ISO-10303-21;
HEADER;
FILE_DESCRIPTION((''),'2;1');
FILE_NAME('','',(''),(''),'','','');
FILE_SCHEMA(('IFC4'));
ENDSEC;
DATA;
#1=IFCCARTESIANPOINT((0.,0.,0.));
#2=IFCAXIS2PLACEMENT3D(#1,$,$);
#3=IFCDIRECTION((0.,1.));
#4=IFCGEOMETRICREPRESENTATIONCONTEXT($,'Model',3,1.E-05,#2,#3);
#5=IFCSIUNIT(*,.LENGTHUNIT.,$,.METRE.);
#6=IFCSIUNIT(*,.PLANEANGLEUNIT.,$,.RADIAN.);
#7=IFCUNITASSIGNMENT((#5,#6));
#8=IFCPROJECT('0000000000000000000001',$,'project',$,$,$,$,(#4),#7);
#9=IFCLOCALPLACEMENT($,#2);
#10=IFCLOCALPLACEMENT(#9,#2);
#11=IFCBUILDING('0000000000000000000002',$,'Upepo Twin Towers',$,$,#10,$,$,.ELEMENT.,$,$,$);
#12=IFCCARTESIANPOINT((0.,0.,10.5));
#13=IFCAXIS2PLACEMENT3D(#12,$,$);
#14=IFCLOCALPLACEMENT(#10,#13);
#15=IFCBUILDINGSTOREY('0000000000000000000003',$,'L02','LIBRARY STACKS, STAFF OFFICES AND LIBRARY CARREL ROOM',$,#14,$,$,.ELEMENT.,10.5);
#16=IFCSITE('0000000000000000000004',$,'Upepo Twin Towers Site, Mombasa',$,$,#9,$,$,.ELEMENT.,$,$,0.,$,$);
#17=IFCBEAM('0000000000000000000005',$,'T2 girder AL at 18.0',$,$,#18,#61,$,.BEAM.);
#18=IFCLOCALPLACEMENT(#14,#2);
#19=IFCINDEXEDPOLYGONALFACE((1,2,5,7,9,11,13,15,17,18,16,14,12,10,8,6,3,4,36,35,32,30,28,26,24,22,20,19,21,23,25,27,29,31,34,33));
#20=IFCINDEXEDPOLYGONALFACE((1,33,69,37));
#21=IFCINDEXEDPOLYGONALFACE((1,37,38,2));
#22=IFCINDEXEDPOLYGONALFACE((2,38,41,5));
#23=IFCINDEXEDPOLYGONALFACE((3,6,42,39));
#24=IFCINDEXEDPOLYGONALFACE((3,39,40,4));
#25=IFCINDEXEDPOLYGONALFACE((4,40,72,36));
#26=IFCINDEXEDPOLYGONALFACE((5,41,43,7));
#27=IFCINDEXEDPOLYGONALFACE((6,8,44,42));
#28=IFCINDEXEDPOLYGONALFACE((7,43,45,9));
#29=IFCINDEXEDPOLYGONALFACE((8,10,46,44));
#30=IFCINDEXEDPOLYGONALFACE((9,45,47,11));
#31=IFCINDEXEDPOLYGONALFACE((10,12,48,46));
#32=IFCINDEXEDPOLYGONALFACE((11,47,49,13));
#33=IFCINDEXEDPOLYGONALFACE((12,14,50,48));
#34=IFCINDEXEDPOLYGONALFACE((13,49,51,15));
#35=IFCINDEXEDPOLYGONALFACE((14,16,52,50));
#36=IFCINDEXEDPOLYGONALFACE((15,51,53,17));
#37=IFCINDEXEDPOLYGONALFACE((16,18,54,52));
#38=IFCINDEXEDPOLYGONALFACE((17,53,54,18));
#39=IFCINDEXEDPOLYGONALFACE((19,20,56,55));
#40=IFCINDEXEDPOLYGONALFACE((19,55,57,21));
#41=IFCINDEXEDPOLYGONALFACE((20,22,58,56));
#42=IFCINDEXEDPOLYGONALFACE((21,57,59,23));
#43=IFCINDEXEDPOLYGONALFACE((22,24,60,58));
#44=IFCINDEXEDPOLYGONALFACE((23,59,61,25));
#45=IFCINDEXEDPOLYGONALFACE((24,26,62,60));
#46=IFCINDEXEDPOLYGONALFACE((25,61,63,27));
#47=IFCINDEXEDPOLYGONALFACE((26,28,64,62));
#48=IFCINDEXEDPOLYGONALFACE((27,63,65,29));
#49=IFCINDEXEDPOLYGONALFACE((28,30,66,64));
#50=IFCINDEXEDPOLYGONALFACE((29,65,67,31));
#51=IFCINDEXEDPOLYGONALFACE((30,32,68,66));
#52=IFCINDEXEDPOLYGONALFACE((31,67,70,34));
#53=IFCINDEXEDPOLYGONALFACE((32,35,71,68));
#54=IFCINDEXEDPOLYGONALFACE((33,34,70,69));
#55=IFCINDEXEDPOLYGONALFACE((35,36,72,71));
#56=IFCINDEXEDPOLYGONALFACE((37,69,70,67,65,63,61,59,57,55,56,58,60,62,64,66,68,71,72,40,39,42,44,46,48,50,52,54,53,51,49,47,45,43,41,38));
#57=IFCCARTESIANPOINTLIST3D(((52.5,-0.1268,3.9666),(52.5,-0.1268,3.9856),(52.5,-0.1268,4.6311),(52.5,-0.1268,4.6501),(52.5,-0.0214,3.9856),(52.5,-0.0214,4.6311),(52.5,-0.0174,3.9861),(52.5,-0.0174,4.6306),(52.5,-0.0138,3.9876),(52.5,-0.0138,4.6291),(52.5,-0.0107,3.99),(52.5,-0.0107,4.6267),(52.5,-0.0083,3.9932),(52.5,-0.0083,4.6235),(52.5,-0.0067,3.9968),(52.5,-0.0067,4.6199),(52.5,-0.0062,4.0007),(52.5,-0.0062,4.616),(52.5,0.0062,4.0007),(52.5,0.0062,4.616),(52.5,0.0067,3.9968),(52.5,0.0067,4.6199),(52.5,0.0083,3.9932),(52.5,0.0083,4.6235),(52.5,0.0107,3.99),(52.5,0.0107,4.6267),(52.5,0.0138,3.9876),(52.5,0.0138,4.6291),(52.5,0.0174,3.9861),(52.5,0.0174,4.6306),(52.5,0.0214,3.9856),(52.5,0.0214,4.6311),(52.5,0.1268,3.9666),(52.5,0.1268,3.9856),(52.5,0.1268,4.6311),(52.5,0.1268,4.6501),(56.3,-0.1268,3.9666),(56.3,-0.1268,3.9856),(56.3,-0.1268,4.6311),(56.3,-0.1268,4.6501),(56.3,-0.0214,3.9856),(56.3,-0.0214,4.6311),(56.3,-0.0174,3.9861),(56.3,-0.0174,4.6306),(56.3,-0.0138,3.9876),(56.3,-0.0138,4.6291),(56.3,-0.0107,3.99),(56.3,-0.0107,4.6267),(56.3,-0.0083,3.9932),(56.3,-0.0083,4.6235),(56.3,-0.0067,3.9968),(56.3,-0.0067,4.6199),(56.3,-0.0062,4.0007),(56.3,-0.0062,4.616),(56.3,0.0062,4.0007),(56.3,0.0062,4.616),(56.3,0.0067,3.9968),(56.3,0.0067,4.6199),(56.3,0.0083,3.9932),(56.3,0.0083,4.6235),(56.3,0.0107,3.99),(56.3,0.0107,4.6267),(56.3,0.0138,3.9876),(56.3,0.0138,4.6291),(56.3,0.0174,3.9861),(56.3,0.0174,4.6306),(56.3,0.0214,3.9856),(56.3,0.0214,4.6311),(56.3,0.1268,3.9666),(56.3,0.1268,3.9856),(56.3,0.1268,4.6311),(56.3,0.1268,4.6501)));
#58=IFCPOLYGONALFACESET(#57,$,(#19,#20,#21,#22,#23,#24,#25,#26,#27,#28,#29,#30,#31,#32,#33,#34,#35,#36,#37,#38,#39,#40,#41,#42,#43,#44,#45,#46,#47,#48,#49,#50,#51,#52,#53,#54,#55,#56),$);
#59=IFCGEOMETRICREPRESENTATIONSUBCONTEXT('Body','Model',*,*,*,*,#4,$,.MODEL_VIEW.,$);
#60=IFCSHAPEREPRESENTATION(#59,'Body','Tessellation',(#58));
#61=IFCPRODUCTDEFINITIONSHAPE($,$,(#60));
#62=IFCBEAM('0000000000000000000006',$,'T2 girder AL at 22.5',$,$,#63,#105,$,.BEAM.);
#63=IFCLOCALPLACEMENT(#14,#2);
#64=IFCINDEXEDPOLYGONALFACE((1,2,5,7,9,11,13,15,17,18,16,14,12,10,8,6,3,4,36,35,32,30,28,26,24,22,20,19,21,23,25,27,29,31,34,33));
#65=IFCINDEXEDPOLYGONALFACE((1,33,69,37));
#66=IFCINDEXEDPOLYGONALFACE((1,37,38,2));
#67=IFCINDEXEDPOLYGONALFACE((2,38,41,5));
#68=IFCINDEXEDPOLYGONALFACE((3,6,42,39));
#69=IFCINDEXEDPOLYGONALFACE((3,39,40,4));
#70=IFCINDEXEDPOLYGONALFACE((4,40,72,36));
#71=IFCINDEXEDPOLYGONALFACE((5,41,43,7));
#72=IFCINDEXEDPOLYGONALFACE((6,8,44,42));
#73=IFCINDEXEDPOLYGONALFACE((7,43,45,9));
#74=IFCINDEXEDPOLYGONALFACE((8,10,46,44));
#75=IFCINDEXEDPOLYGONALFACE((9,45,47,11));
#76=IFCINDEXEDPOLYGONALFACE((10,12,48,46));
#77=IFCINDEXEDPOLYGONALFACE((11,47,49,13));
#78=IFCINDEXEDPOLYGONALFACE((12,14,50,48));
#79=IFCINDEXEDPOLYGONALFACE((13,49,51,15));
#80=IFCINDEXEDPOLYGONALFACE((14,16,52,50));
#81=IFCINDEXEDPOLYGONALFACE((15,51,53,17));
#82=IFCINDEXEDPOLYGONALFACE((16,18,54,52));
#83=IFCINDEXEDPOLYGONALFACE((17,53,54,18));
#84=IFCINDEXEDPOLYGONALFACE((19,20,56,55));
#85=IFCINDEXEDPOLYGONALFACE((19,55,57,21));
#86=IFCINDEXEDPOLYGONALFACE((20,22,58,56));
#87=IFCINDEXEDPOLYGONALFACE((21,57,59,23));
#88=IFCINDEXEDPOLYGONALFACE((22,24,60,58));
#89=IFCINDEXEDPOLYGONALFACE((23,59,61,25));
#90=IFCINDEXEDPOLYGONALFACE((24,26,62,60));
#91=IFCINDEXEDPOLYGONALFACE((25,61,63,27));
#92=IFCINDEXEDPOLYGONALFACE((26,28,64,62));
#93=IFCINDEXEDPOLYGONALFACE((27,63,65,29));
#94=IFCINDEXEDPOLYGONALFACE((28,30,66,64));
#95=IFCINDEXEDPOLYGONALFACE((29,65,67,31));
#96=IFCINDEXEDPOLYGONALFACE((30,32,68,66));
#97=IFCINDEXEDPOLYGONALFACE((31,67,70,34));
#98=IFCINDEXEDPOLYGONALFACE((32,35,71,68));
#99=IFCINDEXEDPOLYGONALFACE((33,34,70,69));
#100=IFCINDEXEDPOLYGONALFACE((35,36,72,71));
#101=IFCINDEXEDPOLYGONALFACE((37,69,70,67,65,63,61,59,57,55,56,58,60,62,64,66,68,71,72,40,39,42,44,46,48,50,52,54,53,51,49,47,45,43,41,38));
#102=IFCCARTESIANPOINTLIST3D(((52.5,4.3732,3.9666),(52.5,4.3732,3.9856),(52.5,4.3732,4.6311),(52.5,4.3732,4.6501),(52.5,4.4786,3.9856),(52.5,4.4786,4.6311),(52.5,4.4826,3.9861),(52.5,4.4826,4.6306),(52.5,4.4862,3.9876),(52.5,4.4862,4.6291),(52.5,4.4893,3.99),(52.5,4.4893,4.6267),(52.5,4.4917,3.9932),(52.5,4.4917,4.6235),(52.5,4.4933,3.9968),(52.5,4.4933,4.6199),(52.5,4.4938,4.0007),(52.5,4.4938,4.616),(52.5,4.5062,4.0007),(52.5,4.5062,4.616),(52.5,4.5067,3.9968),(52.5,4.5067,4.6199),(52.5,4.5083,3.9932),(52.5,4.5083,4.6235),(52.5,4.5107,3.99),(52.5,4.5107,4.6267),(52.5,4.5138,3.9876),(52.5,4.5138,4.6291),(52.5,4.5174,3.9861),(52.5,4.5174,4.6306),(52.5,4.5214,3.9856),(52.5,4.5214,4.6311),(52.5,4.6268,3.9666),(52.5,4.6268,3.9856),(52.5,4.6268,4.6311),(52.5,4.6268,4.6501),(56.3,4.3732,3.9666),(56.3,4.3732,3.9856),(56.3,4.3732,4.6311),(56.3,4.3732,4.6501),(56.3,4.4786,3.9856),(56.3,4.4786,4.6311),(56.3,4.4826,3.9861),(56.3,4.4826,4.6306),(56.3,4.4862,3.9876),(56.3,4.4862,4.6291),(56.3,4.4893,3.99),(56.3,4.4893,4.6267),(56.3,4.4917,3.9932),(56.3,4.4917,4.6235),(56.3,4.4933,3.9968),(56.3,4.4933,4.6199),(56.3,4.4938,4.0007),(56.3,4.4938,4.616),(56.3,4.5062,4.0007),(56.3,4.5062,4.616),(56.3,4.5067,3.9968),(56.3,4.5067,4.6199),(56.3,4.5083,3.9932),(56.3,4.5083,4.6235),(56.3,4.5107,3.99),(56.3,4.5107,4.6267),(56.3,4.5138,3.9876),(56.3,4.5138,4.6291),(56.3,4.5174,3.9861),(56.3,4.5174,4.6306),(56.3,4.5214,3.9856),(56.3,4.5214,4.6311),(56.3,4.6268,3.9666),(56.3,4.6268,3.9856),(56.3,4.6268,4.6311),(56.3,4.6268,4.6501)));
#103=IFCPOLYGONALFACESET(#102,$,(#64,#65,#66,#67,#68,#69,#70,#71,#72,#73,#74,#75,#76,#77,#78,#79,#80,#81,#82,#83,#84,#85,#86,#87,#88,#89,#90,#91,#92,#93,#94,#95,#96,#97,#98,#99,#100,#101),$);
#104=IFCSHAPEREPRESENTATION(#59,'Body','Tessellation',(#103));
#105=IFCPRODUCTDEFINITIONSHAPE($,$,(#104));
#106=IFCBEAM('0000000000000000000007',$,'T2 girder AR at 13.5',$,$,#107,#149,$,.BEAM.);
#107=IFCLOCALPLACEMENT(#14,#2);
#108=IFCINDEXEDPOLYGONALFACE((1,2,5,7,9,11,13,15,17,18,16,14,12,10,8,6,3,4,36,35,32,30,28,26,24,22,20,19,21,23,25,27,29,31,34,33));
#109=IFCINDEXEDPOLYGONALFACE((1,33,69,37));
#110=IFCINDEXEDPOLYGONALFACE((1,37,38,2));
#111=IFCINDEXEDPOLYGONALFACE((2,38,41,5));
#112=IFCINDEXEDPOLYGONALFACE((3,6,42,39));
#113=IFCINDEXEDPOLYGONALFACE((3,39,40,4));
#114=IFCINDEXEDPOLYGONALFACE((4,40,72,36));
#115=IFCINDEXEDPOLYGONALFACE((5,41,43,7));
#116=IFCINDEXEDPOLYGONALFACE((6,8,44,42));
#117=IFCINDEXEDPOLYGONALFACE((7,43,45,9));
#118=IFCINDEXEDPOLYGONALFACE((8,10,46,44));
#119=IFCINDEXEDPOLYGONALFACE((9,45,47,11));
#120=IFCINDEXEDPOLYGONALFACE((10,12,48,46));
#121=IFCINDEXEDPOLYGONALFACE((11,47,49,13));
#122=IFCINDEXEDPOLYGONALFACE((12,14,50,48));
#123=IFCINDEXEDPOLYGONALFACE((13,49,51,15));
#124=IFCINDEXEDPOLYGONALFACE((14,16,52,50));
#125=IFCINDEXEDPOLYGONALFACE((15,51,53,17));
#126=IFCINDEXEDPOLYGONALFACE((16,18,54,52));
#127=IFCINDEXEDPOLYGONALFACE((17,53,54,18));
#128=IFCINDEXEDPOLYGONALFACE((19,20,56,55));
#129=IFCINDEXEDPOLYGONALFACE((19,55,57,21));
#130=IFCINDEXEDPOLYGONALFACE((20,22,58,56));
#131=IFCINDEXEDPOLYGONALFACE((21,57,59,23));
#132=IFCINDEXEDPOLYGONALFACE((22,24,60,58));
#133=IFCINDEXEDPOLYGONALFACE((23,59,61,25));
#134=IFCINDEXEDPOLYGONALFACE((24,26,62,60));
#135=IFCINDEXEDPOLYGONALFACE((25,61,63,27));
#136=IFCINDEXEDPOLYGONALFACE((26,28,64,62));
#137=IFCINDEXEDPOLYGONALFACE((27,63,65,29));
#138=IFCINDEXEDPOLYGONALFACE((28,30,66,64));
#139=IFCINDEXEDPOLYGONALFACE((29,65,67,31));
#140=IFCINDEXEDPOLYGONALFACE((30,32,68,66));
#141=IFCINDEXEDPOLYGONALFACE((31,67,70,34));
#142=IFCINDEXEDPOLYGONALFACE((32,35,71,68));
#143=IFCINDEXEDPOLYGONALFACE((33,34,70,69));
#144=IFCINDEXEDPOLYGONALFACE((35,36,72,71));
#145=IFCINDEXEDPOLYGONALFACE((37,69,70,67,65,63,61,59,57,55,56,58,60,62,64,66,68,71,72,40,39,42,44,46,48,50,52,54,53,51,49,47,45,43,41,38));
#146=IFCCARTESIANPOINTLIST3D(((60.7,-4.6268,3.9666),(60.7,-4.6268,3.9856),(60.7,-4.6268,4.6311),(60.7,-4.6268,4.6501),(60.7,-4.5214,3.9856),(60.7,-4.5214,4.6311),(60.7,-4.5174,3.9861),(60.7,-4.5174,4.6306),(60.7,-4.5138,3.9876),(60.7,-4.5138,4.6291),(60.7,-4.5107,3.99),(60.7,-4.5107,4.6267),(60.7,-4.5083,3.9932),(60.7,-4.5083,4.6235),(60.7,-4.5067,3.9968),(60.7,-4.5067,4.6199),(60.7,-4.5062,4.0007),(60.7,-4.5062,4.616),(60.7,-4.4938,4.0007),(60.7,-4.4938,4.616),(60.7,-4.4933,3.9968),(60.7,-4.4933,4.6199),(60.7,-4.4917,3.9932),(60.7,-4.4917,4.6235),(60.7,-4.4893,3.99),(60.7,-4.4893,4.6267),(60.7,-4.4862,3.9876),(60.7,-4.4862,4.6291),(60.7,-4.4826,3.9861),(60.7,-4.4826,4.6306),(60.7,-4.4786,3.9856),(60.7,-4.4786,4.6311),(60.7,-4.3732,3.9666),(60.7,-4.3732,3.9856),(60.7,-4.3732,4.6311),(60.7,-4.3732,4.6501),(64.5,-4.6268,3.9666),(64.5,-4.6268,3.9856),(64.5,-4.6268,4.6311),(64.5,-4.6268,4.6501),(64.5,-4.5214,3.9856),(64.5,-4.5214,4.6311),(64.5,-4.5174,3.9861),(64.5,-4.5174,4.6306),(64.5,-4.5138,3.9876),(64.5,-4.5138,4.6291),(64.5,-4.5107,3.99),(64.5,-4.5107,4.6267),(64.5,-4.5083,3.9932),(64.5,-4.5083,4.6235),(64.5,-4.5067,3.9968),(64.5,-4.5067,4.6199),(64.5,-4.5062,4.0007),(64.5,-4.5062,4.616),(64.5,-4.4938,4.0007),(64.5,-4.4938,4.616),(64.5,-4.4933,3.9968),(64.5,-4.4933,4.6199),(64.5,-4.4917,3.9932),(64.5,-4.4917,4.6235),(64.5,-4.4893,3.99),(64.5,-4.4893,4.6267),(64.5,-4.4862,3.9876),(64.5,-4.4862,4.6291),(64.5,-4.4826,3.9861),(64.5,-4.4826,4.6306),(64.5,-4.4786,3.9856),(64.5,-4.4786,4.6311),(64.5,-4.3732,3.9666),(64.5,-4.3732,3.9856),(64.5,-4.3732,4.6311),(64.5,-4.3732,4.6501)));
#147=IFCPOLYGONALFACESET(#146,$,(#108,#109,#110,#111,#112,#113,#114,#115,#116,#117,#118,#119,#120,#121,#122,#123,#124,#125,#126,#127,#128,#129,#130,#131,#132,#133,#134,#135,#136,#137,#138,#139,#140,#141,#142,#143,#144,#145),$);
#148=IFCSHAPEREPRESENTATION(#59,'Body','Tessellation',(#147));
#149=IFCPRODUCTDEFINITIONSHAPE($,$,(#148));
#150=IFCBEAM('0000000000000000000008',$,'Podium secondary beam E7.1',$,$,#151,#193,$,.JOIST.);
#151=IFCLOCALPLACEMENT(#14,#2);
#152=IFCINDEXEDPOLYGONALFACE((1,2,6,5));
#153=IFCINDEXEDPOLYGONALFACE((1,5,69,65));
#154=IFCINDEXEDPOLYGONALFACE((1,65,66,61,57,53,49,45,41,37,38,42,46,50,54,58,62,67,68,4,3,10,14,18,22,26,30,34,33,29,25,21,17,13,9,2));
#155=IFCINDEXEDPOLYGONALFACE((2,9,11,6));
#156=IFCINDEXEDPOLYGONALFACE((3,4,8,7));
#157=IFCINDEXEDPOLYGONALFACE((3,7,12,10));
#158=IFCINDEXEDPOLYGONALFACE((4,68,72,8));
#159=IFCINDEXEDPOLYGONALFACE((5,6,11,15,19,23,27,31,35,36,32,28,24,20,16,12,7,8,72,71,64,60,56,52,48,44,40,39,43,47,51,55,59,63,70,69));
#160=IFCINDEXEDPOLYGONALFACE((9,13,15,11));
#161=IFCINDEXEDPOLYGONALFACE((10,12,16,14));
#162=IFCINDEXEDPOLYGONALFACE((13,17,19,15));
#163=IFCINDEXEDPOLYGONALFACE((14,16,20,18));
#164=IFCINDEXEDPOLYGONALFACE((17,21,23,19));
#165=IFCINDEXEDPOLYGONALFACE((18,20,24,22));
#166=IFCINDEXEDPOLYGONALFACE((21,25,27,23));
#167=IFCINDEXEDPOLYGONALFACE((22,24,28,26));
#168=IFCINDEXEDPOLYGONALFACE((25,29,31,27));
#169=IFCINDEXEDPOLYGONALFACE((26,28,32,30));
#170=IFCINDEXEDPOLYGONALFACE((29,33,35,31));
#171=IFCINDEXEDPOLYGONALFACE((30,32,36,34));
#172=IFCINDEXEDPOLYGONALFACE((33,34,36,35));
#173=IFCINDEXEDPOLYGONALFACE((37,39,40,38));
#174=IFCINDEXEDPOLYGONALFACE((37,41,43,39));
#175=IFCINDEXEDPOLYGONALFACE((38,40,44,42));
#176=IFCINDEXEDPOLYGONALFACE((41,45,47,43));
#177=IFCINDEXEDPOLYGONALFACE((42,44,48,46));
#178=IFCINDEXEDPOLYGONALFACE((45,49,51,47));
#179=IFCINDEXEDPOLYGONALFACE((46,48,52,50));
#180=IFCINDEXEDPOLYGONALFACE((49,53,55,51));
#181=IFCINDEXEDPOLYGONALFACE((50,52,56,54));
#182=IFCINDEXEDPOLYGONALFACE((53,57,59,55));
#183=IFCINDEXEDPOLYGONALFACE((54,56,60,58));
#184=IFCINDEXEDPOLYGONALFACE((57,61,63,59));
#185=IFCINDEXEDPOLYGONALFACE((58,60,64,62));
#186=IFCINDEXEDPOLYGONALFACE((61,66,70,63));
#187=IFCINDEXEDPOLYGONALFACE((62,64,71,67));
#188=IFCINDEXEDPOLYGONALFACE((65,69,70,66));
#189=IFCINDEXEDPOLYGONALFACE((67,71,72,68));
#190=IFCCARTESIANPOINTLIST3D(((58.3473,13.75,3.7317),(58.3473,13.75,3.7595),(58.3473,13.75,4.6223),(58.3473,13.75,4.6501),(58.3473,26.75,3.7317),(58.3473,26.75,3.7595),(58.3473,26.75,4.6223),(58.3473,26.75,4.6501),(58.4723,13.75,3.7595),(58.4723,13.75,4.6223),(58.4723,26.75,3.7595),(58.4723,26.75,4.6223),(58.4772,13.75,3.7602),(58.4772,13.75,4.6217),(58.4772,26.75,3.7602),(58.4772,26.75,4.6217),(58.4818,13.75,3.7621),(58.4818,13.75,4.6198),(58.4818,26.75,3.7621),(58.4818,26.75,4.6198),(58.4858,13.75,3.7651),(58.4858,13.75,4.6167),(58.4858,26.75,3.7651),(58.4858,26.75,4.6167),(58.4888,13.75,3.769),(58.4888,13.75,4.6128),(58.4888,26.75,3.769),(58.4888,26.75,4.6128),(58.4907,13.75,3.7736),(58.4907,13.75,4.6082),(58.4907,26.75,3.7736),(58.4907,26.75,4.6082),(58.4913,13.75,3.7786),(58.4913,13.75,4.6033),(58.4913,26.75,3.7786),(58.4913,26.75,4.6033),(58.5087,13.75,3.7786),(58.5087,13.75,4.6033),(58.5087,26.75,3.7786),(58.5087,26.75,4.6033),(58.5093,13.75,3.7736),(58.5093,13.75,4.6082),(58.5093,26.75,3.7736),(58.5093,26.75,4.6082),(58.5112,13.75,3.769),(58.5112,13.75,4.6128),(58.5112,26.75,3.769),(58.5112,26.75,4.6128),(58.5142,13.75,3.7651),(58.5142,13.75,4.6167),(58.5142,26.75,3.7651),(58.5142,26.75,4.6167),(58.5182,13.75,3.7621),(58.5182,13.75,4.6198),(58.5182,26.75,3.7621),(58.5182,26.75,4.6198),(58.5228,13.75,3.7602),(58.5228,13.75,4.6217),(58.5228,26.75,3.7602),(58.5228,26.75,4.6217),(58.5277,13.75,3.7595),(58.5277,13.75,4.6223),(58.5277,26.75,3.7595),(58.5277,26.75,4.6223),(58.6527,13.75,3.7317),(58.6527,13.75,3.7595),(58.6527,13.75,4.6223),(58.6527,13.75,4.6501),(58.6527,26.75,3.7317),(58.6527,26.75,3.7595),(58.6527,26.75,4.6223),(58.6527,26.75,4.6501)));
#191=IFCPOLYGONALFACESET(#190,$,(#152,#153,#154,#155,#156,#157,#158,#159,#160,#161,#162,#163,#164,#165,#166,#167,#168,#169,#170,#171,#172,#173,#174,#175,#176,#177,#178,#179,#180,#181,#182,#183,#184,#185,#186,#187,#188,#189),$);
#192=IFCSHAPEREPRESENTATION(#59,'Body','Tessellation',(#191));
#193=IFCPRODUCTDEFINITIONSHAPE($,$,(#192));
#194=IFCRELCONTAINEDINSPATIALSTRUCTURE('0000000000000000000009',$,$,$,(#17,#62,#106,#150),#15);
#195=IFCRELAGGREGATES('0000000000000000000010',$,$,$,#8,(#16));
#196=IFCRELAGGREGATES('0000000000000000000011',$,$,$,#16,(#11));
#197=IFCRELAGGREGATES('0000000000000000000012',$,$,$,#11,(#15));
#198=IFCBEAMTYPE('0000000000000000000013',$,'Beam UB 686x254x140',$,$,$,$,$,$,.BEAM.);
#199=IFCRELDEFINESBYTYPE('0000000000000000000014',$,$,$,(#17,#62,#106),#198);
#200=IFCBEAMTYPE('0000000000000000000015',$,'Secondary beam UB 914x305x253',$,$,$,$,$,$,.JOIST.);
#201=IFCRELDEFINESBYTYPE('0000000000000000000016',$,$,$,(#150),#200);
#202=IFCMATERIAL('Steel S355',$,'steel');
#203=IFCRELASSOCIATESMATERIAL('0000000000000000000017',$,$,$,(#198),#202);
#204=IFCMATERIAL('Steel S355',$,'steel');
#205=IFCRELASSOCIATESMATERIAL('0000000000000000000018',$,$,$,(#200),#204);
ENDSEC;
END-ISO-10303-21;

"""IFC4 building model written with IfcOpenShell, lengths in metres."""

from ifc_helpers import new_model, si_unit, direction, frame, origin, origin_2d, place, context, subcontext, project, spatial, i_section, extrude, material, material_profile, profile_set, type_object, element, save


model = new_model("IFC4")

# Units and contexts
model_context = context("Model", 3, precision=1e-05, world=origin(), true_north=direction((0.0, 1.0)))
body_context = subcontext(model_context, "Body", "Model", "MODEL_VIEW")
ifc_project = project(units=[si_unit("LENGTHUNIT", "METRE"), si_unit("PLANEANGLEUNIT", "RADIAN")], contexts=[model_context])

# Site, building, storey
site_placement = place(None, origin())
site = spatial("IfcSite", under=ifc_project, at=site_placement, Name="Upepo Twin Towers Site, Mombasa", CompositionType="ELEMENT", RefElevation=0.0)
building_placement = place(site_placement, origin())
building = spatial("IfcBuilding", under=site, at=building_placement, Name="Upepo Twin Towers", CompositionType="ELEMENT")
storey_placement = place(building_placement, frame((0.0, 0.0, 10.5)))
storey = spatial("IfcBuildingStorey", under=building, at=storey_placement, Name="L02", Description="LIBRARY STACKS, STAFF OFFICES AND LIBRARY CARREL ROOM", CompositionType="ELEMENT", Elevation=10.5)

# Beams
ifc_material_1 = material(Name="Steel S355", Category="steel")
ifc_material_profile_1 = material_profile(ifc_material_1, i_section(OverallWidth=0.2537, OverallDepth=0.6836, WebThickness=0.0125, FlangeThickness=0.019, FilletRadius=0.0151, at=origin_2d()), Name="UB 686x254x140")
ifc_profile_set_1 = profile_set([ifc_material_profile_1], Name="Steel S355")
beam_type_1 = type_object("IfcBeamType", Name="Beam UB 686x254x140", PredefinedType="BEAM", material=ifc_profile_set_1)
for number, where, z_axis, x_axis, name in (
    (1, (52.5, 0.0, 4.3083), (1.0, 0.0, 0.0), (0.0, 1.0, 0.0), "T2 girder AL at 18.0"),
    (2, (52.5, 4.5, 4.3083), (1.0, 0.0, 0.0), (0.0, 1.0, 0.0), "T2 girder AL at 22.5"),
    (3, (64.5, -4.5, 4.3083), (-1.0, 0.0, 0.0), (0.0, -1.0, 0.0), "T2 girder AR at 13.5"),
):
    element("IfcBeam", number, at=place(storey_placement, frame(where, z_axis=z_axis, x_axis=x_axis)), inside=storey, type_object=beam_type_1, Name=name, PredefinedType="BEAM", context=body_context, shape_type="SweptSolid", body=[
        extrude(i_section(OverallWidth=0.2537, OverallDepth=0.6836, WebThickness=0.0125, FlangeThickness=0.019, FilletRadius=0.0151, at=origin_2d()), origin(), (0.0, 0.0, 1.0), 3.8),
    ])
ifc_material_2 = material(Name="Steel S355", Category="steel")
ifc_material_profile_2 = material_profile(ifc_material_2, i_section(OverallWidth=0.3054, OverallDepth=0.9185, WebThickness=0.0173, FlangeThickness=0.0278, FilletRadius=0.019, at=origin_2d()), Name="UB 914x305x253")
ifc_profile_set_2 = profile_set([ifc_material_profile_2], Name="Steel S355")
beam_type_2 = type_object("IfcBeamType", Name="Secondary beam UB 914x305x253", PredefinedType="JOIST", material=ifc_profile_set_2)
for number, where, z_axis, x_axis, name in (
    (4, (58.5, 13.75, 4.1909), (0.0, 1.0, 0.0), (-1.0, 0.0, 0.0), "Podium secondary beam E7.1"),
):
    element("IfcBeam", number, at=place(storey_placement, frame(where, z_axis=z_axis, x_axis=x_axis)), inside=storey, type_object=beam_type_2, Name=name, PredefinedType="JOIST", context=body_context, shape_type="SweptSolid", body=[
        extrude(i_section(OverallWidth=0.3054, OverallDepth=0.9185, WebThickness=0.0173, FlangeThickness=0.0278, FilletRadius=0.019, at=origin_2d()), origin(), (0.0, 0.0, 1.0), 13.0),
    ])

save(model, "model.ifc")
